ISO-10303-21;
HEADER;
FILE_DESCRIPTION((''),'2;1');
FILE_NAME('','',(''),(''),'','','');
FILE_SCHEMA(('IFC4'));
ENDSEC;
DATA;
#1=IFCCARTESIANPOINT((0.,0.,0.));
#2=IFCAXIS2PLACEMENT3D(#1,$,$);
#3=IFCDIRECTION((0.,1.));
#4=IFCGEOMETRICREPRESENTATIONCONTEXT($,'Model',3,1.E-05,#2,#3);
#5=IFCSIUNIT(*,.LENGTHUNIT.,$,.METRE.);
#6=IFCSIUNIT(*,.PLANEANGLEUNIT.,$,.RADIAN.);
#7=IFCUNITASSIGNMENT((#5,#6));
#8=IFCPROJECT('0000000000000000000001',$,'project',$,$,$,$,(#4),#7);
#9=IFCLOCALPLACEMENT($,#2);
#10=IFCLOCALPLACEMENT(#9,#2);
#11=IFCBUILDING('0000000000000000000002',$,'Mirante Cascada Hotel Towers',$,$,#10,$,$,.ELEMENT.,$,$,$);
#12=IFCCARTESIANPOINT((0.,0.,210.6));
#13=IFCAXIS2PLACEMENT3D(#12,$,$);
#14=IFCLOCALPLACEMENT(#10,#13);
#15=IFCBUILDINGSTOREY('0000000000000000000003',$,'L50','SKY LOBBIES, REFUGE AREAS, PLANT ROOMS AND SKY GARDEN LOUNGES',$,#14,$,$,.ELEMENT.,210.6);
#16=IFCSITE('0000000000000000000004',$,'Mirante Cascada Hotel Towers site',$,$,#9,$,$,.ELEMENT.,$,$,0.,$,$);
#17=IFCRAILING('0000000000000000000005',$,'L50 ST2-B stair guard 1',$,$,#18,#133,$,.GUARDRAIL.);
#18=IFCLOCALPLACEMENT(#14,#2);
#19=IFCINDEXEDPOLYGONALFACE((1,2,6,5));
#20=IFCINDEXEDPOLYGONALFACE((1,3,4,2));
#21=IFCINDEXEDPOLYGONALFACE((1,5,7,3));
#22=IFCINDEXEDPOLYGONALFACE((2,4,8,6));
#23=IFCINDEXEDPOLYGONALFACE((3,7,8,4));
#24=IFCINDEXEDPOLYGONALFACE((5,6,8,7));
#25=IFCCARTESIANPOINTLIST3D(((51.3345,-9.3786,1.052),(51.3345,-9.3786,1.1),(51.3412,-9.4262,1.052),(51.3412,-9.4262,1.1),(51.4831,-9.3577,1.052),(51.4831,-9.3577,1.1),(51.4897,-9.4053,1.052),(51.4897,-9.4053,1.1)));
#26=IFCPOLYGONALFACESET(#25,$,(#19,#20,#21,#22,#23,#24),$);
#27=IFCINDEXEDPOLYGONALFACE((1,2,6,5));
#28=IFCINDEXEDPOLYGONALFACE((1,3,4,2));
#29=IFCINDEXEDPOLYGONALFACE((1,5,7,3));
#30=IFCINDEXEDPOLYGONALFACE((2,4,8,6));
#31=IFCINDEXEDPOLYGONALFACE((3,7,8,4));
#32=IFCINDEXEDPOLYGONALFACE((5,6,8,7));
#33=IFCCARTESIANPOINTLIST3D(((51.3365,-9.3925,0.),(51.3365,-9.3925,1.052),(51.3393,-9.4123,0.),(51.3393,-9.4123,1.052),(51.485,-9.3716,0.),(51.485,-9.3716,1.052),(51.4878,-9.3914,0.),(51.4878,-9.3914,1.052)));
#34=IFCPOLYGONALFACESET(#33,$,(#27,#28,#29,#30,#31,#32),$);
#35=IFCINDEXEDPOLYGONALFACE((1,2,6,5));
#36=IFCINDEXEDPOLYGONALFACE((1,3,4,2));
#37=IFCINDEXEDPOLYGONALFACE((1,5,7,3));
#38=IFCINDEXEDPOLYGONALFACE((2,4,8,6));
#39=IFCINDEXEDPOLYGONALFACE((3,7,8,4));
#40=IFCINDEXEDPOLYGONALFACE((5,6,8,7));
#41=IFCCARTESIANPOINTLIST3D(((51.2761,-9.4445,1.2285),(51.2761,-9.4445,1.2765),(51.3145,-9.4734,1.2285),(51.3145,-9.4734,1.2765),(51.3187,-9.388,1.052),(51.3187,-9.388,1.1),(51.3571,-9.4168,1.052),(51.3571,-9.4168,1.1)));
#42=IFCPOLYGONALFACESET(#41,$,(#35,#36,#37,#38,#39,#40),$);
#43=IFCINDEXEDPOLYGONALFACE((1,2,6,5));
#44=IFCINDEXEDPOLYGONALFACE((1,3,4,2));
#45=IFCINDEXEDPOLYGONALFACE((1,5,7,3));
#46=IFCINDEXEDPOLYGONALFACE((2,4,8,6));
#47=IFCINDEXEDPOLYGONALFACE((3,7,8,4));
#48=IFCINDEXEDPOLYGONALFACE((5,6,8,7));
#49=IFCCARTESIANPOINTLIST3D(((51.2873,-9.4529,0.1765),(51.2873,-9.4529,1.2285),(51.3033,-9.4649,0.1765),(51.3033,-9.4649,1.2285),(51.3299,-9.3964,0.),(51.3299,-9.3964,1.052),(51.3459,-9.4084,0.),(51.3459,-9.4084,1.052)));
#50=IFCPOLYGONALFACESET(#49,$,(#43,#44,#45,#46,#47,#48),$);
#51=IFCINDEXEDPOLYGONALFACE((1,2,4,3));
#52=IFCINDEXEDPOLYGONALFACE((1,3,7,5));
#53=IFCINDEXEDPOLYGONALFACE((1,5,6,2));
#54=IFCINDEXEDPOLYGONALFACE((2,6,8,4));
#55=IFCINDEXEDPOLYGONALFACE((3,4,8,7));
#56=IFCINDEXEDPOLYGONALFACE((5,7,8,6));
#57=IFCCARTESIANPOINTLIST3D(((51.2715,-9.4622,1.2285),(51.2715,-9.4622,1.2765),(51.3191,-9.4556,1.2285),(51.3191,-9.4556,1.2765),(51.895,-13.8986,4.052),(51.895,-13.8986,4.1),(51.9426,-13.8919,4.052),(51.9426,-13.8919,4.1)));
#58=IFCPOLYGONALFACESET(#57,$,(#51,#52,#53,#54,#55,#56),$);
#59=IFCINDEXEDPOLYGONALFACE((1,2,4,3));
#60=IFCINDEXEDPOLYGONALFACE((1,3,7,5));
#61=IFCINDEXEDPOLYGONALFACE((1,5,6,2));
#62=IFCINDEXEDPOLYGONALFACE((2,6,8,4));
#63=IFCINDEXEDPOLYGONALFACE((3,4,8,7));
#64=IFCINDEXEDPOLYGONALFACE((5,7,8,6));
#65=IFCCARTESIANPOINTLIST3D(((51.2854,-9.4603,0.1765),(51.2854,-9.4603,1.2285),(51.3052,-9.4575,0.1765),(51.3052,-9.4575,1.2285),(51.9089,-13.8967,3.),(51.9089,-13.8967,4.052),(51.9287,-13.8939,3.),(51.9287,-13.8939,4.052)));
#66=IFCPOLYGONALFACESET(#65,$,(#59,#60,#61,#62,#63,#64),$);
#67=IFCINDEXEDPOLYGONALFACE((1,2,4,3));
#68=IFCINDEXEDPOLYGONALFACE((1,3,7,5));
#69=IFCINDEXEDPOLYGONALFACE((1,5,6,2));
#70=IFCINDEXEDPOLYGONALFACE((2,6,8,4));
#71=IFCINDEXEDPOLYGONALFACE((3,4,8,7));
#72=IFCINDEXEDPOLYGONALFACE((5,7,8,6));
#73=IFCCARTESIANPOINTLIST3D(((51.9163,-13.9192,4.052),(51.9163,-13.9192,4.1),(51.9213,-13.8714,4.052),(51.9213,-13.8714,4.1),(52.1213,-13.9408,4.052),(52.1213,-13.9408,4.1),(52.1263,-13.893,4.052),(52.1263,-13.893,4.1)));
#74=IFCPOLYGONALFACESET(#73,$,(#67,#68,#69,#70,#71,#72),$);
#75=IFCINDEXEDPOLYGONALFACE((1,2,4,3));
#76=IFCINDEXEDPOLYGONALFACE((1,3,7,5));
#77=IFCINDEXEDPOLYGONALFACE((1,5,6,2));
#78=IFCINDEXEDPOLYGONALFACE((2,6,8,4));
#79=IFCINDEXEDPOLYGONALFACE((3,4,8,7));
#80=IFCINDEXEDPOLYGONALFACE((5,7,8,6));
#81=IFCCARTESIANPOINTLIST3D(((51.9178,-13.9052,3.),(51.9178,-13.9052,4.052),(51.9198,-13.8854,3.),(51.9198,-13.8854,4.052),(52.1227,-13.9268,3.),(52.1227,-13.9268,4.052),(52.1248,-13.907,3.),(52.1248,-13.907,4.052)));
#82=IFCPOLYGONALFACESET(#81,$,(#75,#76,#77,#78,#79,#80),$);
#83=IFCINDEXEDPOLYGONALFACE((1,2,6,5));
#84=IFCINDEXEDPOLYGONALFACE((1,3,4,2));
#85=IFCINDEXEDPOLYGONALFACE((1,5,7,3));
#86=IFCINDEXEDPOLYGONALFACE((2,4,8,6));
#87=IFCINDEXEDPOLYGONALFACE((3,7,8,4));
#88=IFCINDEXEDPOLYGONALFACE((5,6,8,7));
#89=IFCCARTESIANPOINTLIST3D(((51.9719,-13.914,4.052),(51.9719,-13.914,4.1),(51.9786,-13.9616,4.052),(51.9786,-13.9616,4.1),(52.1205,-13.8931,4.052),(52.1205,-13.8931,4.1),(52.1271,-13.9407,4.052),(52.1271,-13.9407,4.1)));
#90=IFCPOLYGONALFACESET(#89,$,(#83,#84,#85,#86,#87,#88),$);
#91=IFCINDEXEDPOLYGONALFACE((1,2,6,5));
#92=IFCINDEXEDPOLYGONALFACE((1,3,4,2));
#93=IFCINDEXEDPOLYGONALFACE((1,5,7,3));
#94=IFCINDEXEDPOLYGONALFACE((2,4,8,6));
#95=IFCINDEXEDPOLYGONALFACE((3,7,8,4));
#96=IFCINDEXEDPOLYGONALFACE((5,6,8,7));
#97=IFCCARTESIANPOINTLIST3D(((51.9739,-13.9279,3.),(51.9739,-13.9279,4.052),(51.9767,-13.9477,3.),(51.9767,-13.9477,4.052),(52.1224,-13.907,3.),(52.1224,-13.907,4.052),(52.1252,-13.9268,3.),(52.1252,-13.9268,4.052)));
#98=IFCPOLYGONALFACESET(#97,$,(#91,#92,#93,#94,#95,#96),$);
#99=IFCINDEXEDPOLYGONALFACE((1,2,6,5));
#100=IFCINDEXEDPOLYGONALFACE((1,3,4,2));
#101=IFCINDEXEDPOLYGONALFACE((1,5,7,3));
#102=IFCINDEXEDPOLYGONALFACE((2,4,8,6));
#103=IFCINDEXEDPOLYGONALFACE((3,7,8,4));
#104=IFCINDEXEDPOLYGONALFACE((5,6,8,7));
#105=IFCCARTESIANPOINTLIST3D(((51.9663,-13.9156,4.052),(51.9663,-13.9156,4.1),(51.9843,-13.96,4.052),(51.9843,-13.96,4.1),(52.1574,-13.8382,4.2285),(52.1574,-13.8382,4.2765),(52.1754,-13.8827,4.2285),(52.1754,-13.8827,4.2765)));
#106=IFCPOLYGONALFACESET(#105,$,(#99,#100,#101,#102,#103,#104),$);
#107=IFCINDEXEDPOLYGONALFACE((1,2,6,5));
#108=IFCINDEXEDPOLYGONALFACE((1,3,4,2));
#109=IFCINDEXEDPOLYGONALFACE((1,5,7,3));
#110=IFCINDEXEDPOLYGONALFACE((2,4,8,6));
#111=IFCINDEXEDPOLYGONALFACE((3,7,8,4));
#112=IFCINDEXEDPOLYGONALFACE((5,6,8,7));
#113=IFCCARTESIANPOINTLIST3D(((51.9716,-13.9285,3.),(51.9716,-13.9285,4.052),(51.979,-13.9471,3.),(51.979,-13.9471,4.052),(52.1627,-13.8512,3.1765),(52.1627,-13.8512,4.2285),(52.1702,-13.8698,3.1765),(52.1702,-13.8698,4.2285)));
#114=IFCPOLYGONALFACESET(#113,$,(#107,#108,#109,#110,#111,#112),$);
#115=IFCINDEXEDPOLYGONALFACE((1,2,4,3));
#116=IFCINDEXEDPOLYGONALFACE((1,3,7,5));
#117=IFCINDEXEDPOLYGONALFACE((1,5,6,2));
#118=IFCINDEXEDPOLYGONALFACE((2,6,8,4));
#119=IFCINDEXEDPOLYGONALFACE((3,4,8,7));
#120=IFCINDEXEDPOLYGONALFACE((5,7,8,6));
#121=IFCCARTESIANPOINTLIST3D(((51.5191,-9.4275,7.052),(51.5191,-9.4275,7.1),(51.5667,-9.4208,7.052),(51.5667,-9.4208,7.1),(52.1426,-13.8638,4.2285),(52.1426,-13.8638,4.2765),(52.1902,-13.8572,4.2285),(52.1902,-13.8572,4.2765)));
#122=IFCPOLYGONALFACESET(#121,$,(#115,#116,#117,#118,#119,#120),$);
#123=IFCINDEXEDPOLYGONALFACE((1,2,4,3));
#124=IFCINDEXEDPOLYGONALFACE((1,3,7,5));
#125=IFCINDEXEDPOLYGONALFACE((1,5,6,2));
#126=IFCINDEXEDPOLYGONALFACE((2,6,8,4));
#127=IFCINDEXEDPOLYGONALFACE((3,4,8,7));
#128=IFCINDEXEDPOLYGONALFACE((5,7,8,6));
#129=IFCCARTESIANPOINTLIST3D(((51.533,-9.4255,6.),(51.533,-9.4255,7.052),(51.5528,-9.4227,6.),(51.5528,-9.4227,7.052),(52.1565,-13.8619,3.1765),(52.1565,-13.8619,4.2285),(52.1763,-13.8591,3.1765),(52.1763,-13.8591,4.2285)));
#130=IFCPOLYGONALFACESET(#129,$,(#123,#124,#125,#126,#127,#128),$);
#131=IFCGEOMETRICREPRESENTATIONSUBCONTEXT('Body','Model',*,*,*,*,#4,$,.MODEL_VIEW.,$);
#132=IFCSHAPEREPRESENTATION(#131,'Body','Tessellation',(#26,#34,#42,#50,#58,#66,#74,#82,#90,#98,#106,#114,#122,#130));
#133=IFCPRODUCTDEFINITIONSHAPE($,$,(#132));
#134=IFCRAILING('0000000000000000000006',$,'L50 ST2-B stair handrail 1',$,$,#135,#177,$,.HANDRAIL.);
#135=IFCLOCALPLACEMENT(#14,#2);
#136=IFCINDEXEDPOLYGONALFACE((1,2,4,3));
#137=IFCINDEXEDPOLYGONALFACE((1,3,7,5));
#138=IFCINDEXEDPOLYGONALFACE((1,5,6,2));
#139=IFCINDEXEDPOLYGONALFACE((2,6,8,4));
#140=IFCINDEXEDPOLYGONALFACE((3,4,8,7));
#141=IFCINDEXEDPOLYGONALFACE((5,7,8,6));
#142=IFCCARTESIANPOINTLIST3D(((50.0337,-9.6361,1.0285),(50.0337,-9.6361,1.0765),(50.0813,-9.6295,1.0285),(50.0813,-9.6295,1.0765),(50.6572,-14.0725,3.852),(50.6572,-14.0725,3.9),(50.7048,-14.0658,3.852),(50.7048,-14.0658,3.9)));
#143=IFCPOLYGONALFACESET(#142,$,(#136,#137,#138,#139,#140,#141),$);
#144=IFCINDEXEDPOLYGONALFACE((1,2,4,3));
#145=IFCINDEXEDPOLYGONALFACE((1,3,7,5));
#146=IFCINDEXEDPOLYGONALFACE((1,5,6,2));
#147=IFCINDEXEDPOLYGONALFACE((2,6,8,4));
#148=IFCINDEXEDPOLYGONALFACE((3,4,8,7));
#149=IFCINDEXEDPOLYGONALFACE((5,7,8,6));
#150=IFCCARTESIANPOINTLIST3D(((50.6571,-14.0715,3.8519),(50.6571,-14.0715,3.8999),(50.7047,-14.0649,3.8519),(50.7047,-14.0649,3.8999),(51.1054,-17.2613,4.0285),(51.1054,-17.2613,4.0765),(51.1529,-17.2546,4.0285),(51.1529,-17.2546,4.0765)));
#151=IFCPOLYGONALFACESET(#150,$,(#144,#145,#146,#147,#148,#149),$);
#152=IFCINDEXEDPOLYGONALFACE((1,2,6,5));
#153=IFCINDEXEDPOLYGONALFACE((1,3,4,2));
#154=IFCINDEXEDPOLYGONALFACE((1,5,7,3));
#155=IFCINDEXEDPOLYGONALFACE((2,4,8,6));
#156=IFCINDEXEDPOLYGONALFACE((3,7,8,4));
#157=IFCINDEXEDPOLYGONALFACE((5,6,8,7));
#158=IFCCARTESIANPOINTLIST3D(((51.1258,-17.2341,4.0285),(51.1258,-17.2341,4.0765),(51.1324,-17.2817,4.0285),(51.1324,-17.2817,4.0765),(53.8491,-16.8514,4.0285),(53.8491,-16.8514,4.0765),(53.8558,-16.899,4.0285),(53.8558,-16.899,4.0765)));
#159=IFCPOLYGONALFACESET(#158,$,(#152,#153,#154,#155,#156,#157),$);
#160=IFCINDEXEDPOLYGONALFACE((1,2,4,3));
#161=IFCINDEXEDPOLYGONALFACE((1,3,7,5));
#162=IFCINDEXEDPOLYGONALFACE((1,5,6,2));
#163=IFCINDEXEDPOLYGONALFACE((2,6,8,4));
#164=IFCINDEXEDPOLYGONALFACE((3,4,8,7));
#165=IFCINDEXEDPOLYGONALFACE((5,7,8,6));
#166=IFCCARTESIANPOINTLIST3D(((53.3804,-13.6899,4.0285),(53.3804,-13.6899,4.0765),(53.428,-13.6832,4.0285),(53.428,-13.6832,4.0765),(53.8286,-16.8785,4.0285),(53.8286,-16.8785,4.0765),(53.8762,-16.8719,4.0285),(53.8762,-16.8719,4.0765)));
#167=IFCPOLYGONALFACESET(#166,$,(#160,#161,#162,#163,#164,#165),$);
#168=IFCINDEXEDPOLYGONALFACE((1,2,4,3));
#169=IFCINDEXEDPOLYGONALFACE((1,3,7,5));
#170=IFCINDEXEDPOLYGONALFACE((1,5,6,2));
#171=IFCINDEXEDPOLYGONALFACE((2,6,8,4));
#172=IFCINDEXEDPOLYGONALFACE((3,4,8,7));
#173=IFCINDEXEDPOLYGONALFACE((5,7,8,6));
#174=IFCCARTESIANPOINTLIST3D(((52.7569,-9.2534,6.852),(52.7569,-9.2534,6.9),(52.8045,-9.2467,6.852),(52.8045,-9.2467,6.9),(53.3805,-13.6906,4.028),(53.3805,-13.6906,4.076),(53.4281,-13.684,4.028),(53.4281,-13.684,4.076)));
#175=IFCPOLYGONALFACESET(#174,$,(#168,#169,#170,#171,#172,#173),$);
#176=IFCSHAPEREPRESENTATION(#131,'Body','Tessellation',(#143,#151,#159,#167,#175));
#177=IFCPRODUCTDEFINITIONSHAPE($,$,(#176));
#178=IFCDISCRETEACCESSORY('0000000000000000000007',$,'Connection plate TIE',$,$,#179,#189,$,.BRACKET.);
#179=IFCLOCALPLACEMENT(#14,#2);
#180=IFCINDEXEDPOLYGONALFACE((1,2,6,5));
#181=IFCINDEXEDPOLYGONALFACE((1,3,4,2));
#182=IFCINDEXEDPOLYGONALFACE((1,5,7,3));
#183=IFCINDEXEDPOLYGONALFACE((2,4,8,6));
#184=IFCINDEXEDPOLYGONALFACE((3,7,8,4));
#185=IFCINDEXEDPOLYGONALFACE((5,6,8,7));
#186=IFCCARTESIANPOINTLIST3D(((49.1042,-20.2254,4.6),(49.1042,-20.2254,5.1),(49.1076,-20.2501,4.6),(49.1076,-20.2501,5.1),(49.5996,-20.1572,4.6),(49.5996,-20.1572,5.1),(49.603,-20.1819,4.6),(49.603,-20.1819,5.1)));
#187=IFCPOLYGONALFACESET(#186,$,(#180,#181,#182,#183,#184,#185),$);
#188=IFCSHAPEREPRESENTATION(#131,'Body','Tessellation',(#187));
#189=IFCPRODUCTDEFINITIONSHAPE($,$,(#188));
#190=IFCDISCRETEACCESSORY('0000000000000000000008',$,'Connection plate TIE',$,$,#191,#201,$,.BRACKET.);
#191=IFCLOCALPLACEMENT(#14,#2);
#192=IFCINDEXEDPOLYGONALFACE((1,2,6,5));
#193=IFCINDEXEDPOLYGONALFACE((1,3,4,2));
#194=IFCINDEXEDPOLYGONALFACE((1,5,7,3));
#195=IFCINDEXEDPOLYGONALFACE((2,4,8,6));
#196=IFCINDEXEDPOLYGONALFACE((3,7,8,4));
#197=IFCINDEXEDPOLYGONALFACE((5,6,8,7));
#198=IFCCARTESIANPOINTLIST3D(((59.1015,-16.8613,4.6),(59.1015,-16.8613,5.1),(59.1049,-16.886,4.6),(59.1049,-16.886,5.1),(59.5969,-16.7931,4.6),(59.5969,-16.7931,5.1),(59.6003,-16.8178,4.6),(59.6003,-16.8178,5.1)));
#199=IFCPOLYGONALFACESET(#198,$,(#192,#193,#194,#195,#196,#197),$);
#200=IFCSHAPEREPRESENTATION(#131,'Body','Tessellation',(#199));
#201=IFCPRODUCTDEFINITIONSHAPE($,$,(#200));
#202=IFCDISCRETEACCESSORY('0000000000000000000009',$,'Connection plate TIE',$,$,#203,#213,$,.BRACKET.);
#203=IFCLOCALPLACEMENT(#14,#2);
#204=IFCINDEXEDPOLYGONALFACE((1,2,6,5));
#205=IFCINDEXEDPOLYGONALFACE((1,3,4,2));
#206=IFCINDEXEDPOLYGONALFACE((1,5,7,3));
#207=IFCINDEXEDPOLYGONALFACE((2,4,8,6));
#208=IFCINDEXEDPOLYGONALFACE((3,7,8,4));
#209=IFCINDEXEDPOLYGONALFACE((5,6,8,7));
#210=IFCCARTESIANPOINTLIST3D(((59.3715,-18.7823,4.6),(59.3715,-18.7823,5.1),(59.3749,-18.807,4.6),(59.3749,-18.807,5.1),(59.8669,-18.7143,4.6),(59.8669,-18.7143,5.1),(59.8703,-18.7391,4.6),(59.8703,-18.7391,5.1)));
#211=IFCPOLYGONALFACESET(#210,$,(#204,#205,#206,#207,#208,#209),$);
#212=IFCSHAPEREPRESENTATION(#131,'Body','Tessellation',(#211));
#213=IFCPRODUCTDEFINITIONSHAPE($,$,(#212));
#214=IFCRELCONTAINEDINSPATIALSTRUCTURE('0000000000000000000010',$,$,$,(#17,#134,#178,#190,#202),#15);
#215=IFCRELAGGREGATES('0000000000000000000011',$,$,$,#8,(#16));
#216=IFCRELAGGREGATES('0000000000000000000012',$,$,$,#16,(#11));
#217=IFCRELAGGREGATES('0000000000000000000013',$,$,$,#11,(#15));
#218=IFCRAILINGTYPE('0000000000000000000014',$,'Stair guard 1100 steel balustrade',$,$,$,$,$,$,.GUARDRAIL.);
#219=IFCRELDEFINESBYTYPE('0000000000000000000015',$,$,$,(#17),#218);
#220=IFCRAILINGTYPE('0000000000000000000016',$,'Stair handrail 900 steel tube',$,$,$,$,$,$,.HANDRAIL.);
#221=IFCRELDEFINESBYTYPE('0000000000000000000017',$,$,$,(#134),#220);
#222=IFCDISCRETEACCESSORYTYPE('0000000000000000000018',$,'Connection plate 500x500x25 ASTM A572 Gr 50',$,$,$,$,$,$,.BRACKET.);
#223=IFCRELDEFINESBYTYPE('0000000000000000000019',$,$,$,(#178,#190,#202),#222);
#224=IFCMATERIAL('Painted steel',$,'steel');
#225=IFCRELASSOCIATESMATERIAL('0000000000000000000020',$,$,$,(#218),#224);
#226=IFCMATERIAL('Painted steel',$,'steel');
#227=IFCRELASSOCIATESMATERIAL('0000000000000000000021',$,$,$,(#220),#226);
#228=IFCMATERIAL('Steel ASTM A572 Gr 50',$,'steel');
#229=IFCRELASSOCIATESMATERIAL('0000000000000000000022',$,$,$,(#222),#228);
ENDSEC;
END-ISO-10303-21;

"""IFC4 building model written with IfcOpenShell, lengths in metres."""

from ifc_helpers import new_model, si_unit, direction, frame, origin, origin_2d, place, context, subcontext, project, spatial, rectangle, extrude, material, material_profile, profile_set, type_object, element, save


model = new_model("IFC4")

# Units and contexts
model_context = context("Model", 3, precision=1e-05, world=origin(), true_north=direction((0.0, 1.0)))
body_context = subcontext(model_context, "Body", "Model", "MODEL_VIEW")
ifc_project = project(units=[si_unit("LENGTHUNIT", "METRE"), si_unit("PLANEANGLEUNIT", "RADIAN")], contexts=[model_context])

# Site, building, storey
site_placement = place(None, origin())
site = spatial("IfcSite", under=ifc_project, at=site_placement, Name="Mirante Cascada Hotel Towers site", CompositionType="ELEMENT", RefElevation=0.0)
building_placement = place(site_placement, origin())
building = spatial("IfcBuilding", under=site, at=building_placement, Name="Mirante Cascada Hotel Towers", CompositionType="ELEMENT")
storey_placement = place(building_placement, frame((0.0, 0.0, 210.6)))
storey = spatial("IfcBuildingStorey", under=building, at=storey_placement, Name="L50", Description="SKY LOBBIES, REFUGE AREAS, PLANT ROOMS AND SKY GARDEN LOUNGES", CompositionType="ELEMENT", Elevation=210.6)

# Railings
ifc_material_1 = material(Name="Painted steel", Category="steel")
railing_type_1 = type_object("IfcRailingType", Name="Stair guard 1100 steel balustrade", PredefinedType="GUARDRAIL", material=ifc_material_1)
railing_1_placement = place(storey_placement, frame((51.4864, -9.3815, 0.0)))
element("IfcRailing", 1, at=railing_1_placement, inside=storey, type_object=railing_type_1, Name="L50 ST2-B stair guard 1", PredefinedType="GUARDRAIL", context=body_context, shape_type="SweptSolid", body=[
    extrude(rectangle(XDim=0.048, YDim=0.048, at=origin_2d()), frame((0.0, 0.0, 1.076), z_axis=(-0.990241, -0.139367, 0.0), x_axis=(0.139367, -0.990241, 0.0)), (0.0, 0.0, 1.0), 0.15),
    extrude(rectangle(XDim=0.02, YDim=1.052, at=origin_2d()), frame((0.0, 0.0, 0.526), z_axis=(-0.990241, -0.139367, 0.0), x_axis=(0.139367, -0.990241, 0.0)), (0.0, 0.0, 1.0), 0.15),
    extrude(rectangle(XDim=0.048, YDim=0.048, at=origin_2d()), frame((-0.1485, -0.0209, 1.076), z_axis=(-0.602033, -0.798471, 0.0), x_axis=(0.798471, -0.602033, 0.0)), (0.0, 0.928186, 0.372117), 0.1902),
    extrude(rectangle(XDim=0.02, YDim=1.052, at=origin_2d()), frame((-0.1485, -0.0209, 0.526), z_axis=(-0.602033, -0.798471, 0.0), x_axis=(0.798471, -0.602033, 0.0)), (0.0, 0.928186, 0.372117), 0.1902),
    extrude(rectangle(XDim=0.048, YDim=0.048, at=origin_2d()), frame((-0.1911, -0.0774, 1.2525), z_axis=(0.139174, -0.990268, 0.0), x_axis=(0.990268, 0.139174, 0.0)), (0.0, 0.533186, 0.845998), 5.2955),
    extrude(rectangle(XDim=0.02, YDim=1.052, at=origin_2d()), frame((-0.1911, -0.0774, 0.7025), z_axis=(0.139174, -0.990268, 0.0), x_axis=(0.990268, 0.139174, 0.0)), (0.0, 0.533186, 0.845998), 5.2955),
    extrude(rectangle(XDim=0.048, YDim=0.048, at=origin_2d()), frame((0.4324, -4.5138, 4.076), z_axis=(0.994495, -0.104786, 0.0), x_axis=(0.104786, 0.994495, 0.0)), (0.0, 0.0, 1.0), 0.2061),
    extrude(rectangle(XDim=0.02, YDim=1.052, at=origin_2d()), frame((0.4324, -4.5138, 3.526), z_axis=(0.994495, -0.104786, 0.0), x_axis=(0.104786, 0.994495, 0.0)), (0.0, 0.0, 1.0), 0.2061),
    extrude(rectangle(XDim=0.048, YDim=0.048, at=origin_2d()), frame((0.6374, -4.5354, 4.076), z_axis=(-0.990241, -0.139367, 0.0), x_axis=(0.139367, -0.990241, 0.0)), (0.0, 0.0, 1.0), 0.15),
    extrude(rectangle(XDim=0.02, YDim=1.052, at=origin_2d()), frame((0.6374, -4.5354, 3.526), z_axis=(-0.990241, -0.139367, 0.0), x_axis=(0.139367, -0.990241, 0.0)), (0.0, 0.0, 1.0), 0.15),
    extrude(rectangle(XDim=0.048, YDim=0.048, at=origin_2d()), frame((0.4889, -4.5563, 4.076), z_axis=(0.927031, 0.374984, 0.0), x_axis=(-0.374984, 0.927031, 0.0)), (0.0, 0.650381, 0.759608), 0.2714),
    extrude(rectangle(XDim=0.02, YDim=1.052, at=origin_2d()), frame((0.4889, -4.5563, 3.526), z_axis=(0.927031, 0.374984, 0.0), x_axis=(-0.374984, 0.927031, 0.0)), (0.0, 0.650381, 0.759608), 0.2714),
    extrude(rectangle(XDim=0.048, YDim=0.048, at=origin_2d()), frame((0.68, -4.479, 4.2525), z_axis=(-0.139174, 0.990268, 0.0), x_axis=(-0.990268, -0.139174, 0.0)), (0.0, 0.533186, 0.845998), 5.2955),
    extrude(rectangle(XDim=0.02, YDim=1.052, at=origin_2d()), frame((0.68, -4.479, 3.7025), z_axis=(-0.139174, 0.990268, 0.0), x_axis=(-0.990268, -0.139174, 0.0)), (0.0, 0.533186, 0.845998), 5.2955),
])
ifc_material_2 = material(Name="Painted steel", Category="steel")
railing_type_2 = type_object("IfcRailingType", Name="Stair handrail 900 steel tube", PredefinedType="HANDRAIL", material=ifc_material_2)
railing_2_placement = place(storey_placement, frame((50.0575, -9.6328, 0.1765)))
element("IfcRailing", 2, at=railing_2_placement, inside=storey, type_object=railing_type_2, Name="L50 ST2-B stair handrail 1", PredefinedType="HANDRAIL", context=body_context, shape_type="SweptSolid", body=[
    extrude(rectangle(XDim=0.048, YDim=0.048, at=origin_2d()), frame((0.0, 0.0, 0.876), z_axis=(0.139174, -0.990268, 0.0), x_axis=(0.990268, 0.139174, 0.0)), (0.0, 0.533186, 0.845998), 5.2955),
    extrude(rectangle(XDim=0.048, YDim=0.048, at=origin_2d()), frame((0.6234, -4.4354, 3.6994), z_axis=(0.13916, -0.99027, 0.0), x_axis=(0.99027, 0.13916, 0.0)), (0.0, 0.054731, 0.998501), 3.2259),
    extrude(rectangle(XDim=0.048, YDim=0.048, at=origin_2d()), frame((1.0716, -7.6251, 3.876), z_axis=(0.99027, 0.139161, 0.0), x_axis=(-0.139161, 0.99027, 0.0)), (0.0, 0.0, 1.0), 2.7501),
    extrude(rectangle(XDim=0.048, YDim=0.048, at=origin_2d()), frame((3.7949, -7.2424, 3.876), z_axis=(-0.139191, 0.990266, 0.0), x_axis=(-0.990266, -0.139191, 0.0)), (0.0, 0.0, 1.0), 3.22),
    extrude(rectangle(XDim=0.048, YDim=0.048, at=origin_2d()), frame((3.3468, -4.0545, 3.8755), z_axis=(-0.139174, 0.990268, 0.0), x_axis=(-0.990268, -0.139174, 0.0)), (0.0, 0.533186, 0.845998), 5.2965),
])

# Discrete accessories
ifc_material_3 = material(Name="Steel ASTM A572 Gr 50", Category="steel")
ifc_material_profile_1 = material_profile(ifc_material_3, rectangle(XDim=0.5, YDim=0.5, at=origin_2d()), Name="Connection plate 500x500x25 ASTM A572 Gr 50")
ifc_profile_set_1 = profile_set([ifc_material_profile_1], Name="Steel ASTM A572 Gr 50")
discrete_accessory_type_1 = type_object("IfcDiscreteAccessoryType", Name="Connection plate 500x500x25 ASTM A572 Gr 50", PredefinedType="BRACKET", material=ifc_profile_set_1)
for number, where, z_axis, x_axis, name in (
    (3, (49.3519, -20.1913, 4.85), (0.136366, -0.990658, 0.0), (0.990658, 0.136366, 0.0), "Connection plate TIE"),
    (4, (59.3492, -16.8272, 4.85), (0.136366, -0.990658, 0.0), (0.990658, 0.136366, 0.0), "Connection plate TIE"),
):
    element("IfcDiscreteAccessory", number, at=place(storey_placement, frame(where, z_axis=z_axis, x_axis=x_axis)), inside=storey, type_object=discrete_accessory_type_1, Name=name, PredefinedType="BRACKET", context=body_context, shape_type="SweptSolid", body=[
        extrude(rectangle(XDim=0.5, YDim=0.5, at=origin_2d()), origin(), (0.0, 0.0, 1.0), 0.0249),
    ])
for number, where, z_axis, x_axis, name in (
    (5, (59.6192, -18.7483, 4.85), (0.135826, -0.990733, 0.0), (0.990733, 0.135826, 0.0), "Connection plate TIE"),
):
    element("IfcDiscreteAccessory", number, at=place(storey_placement, frame(where, z_axis=z_axis, x_axis=x_axis)), inside=storey, type_object=discrete_accessory_type_1, Name=name, PredefinedType="BRACKET", context=body_context, shape_type="SweptSolid", body=[
        extrude(rectangle(XDim=0.5, YDim=0.5, at=origin_2d()), origin(), (0.0, 0.0, 1.0), 0.025),
    ])

save(model, "model.ifc")
